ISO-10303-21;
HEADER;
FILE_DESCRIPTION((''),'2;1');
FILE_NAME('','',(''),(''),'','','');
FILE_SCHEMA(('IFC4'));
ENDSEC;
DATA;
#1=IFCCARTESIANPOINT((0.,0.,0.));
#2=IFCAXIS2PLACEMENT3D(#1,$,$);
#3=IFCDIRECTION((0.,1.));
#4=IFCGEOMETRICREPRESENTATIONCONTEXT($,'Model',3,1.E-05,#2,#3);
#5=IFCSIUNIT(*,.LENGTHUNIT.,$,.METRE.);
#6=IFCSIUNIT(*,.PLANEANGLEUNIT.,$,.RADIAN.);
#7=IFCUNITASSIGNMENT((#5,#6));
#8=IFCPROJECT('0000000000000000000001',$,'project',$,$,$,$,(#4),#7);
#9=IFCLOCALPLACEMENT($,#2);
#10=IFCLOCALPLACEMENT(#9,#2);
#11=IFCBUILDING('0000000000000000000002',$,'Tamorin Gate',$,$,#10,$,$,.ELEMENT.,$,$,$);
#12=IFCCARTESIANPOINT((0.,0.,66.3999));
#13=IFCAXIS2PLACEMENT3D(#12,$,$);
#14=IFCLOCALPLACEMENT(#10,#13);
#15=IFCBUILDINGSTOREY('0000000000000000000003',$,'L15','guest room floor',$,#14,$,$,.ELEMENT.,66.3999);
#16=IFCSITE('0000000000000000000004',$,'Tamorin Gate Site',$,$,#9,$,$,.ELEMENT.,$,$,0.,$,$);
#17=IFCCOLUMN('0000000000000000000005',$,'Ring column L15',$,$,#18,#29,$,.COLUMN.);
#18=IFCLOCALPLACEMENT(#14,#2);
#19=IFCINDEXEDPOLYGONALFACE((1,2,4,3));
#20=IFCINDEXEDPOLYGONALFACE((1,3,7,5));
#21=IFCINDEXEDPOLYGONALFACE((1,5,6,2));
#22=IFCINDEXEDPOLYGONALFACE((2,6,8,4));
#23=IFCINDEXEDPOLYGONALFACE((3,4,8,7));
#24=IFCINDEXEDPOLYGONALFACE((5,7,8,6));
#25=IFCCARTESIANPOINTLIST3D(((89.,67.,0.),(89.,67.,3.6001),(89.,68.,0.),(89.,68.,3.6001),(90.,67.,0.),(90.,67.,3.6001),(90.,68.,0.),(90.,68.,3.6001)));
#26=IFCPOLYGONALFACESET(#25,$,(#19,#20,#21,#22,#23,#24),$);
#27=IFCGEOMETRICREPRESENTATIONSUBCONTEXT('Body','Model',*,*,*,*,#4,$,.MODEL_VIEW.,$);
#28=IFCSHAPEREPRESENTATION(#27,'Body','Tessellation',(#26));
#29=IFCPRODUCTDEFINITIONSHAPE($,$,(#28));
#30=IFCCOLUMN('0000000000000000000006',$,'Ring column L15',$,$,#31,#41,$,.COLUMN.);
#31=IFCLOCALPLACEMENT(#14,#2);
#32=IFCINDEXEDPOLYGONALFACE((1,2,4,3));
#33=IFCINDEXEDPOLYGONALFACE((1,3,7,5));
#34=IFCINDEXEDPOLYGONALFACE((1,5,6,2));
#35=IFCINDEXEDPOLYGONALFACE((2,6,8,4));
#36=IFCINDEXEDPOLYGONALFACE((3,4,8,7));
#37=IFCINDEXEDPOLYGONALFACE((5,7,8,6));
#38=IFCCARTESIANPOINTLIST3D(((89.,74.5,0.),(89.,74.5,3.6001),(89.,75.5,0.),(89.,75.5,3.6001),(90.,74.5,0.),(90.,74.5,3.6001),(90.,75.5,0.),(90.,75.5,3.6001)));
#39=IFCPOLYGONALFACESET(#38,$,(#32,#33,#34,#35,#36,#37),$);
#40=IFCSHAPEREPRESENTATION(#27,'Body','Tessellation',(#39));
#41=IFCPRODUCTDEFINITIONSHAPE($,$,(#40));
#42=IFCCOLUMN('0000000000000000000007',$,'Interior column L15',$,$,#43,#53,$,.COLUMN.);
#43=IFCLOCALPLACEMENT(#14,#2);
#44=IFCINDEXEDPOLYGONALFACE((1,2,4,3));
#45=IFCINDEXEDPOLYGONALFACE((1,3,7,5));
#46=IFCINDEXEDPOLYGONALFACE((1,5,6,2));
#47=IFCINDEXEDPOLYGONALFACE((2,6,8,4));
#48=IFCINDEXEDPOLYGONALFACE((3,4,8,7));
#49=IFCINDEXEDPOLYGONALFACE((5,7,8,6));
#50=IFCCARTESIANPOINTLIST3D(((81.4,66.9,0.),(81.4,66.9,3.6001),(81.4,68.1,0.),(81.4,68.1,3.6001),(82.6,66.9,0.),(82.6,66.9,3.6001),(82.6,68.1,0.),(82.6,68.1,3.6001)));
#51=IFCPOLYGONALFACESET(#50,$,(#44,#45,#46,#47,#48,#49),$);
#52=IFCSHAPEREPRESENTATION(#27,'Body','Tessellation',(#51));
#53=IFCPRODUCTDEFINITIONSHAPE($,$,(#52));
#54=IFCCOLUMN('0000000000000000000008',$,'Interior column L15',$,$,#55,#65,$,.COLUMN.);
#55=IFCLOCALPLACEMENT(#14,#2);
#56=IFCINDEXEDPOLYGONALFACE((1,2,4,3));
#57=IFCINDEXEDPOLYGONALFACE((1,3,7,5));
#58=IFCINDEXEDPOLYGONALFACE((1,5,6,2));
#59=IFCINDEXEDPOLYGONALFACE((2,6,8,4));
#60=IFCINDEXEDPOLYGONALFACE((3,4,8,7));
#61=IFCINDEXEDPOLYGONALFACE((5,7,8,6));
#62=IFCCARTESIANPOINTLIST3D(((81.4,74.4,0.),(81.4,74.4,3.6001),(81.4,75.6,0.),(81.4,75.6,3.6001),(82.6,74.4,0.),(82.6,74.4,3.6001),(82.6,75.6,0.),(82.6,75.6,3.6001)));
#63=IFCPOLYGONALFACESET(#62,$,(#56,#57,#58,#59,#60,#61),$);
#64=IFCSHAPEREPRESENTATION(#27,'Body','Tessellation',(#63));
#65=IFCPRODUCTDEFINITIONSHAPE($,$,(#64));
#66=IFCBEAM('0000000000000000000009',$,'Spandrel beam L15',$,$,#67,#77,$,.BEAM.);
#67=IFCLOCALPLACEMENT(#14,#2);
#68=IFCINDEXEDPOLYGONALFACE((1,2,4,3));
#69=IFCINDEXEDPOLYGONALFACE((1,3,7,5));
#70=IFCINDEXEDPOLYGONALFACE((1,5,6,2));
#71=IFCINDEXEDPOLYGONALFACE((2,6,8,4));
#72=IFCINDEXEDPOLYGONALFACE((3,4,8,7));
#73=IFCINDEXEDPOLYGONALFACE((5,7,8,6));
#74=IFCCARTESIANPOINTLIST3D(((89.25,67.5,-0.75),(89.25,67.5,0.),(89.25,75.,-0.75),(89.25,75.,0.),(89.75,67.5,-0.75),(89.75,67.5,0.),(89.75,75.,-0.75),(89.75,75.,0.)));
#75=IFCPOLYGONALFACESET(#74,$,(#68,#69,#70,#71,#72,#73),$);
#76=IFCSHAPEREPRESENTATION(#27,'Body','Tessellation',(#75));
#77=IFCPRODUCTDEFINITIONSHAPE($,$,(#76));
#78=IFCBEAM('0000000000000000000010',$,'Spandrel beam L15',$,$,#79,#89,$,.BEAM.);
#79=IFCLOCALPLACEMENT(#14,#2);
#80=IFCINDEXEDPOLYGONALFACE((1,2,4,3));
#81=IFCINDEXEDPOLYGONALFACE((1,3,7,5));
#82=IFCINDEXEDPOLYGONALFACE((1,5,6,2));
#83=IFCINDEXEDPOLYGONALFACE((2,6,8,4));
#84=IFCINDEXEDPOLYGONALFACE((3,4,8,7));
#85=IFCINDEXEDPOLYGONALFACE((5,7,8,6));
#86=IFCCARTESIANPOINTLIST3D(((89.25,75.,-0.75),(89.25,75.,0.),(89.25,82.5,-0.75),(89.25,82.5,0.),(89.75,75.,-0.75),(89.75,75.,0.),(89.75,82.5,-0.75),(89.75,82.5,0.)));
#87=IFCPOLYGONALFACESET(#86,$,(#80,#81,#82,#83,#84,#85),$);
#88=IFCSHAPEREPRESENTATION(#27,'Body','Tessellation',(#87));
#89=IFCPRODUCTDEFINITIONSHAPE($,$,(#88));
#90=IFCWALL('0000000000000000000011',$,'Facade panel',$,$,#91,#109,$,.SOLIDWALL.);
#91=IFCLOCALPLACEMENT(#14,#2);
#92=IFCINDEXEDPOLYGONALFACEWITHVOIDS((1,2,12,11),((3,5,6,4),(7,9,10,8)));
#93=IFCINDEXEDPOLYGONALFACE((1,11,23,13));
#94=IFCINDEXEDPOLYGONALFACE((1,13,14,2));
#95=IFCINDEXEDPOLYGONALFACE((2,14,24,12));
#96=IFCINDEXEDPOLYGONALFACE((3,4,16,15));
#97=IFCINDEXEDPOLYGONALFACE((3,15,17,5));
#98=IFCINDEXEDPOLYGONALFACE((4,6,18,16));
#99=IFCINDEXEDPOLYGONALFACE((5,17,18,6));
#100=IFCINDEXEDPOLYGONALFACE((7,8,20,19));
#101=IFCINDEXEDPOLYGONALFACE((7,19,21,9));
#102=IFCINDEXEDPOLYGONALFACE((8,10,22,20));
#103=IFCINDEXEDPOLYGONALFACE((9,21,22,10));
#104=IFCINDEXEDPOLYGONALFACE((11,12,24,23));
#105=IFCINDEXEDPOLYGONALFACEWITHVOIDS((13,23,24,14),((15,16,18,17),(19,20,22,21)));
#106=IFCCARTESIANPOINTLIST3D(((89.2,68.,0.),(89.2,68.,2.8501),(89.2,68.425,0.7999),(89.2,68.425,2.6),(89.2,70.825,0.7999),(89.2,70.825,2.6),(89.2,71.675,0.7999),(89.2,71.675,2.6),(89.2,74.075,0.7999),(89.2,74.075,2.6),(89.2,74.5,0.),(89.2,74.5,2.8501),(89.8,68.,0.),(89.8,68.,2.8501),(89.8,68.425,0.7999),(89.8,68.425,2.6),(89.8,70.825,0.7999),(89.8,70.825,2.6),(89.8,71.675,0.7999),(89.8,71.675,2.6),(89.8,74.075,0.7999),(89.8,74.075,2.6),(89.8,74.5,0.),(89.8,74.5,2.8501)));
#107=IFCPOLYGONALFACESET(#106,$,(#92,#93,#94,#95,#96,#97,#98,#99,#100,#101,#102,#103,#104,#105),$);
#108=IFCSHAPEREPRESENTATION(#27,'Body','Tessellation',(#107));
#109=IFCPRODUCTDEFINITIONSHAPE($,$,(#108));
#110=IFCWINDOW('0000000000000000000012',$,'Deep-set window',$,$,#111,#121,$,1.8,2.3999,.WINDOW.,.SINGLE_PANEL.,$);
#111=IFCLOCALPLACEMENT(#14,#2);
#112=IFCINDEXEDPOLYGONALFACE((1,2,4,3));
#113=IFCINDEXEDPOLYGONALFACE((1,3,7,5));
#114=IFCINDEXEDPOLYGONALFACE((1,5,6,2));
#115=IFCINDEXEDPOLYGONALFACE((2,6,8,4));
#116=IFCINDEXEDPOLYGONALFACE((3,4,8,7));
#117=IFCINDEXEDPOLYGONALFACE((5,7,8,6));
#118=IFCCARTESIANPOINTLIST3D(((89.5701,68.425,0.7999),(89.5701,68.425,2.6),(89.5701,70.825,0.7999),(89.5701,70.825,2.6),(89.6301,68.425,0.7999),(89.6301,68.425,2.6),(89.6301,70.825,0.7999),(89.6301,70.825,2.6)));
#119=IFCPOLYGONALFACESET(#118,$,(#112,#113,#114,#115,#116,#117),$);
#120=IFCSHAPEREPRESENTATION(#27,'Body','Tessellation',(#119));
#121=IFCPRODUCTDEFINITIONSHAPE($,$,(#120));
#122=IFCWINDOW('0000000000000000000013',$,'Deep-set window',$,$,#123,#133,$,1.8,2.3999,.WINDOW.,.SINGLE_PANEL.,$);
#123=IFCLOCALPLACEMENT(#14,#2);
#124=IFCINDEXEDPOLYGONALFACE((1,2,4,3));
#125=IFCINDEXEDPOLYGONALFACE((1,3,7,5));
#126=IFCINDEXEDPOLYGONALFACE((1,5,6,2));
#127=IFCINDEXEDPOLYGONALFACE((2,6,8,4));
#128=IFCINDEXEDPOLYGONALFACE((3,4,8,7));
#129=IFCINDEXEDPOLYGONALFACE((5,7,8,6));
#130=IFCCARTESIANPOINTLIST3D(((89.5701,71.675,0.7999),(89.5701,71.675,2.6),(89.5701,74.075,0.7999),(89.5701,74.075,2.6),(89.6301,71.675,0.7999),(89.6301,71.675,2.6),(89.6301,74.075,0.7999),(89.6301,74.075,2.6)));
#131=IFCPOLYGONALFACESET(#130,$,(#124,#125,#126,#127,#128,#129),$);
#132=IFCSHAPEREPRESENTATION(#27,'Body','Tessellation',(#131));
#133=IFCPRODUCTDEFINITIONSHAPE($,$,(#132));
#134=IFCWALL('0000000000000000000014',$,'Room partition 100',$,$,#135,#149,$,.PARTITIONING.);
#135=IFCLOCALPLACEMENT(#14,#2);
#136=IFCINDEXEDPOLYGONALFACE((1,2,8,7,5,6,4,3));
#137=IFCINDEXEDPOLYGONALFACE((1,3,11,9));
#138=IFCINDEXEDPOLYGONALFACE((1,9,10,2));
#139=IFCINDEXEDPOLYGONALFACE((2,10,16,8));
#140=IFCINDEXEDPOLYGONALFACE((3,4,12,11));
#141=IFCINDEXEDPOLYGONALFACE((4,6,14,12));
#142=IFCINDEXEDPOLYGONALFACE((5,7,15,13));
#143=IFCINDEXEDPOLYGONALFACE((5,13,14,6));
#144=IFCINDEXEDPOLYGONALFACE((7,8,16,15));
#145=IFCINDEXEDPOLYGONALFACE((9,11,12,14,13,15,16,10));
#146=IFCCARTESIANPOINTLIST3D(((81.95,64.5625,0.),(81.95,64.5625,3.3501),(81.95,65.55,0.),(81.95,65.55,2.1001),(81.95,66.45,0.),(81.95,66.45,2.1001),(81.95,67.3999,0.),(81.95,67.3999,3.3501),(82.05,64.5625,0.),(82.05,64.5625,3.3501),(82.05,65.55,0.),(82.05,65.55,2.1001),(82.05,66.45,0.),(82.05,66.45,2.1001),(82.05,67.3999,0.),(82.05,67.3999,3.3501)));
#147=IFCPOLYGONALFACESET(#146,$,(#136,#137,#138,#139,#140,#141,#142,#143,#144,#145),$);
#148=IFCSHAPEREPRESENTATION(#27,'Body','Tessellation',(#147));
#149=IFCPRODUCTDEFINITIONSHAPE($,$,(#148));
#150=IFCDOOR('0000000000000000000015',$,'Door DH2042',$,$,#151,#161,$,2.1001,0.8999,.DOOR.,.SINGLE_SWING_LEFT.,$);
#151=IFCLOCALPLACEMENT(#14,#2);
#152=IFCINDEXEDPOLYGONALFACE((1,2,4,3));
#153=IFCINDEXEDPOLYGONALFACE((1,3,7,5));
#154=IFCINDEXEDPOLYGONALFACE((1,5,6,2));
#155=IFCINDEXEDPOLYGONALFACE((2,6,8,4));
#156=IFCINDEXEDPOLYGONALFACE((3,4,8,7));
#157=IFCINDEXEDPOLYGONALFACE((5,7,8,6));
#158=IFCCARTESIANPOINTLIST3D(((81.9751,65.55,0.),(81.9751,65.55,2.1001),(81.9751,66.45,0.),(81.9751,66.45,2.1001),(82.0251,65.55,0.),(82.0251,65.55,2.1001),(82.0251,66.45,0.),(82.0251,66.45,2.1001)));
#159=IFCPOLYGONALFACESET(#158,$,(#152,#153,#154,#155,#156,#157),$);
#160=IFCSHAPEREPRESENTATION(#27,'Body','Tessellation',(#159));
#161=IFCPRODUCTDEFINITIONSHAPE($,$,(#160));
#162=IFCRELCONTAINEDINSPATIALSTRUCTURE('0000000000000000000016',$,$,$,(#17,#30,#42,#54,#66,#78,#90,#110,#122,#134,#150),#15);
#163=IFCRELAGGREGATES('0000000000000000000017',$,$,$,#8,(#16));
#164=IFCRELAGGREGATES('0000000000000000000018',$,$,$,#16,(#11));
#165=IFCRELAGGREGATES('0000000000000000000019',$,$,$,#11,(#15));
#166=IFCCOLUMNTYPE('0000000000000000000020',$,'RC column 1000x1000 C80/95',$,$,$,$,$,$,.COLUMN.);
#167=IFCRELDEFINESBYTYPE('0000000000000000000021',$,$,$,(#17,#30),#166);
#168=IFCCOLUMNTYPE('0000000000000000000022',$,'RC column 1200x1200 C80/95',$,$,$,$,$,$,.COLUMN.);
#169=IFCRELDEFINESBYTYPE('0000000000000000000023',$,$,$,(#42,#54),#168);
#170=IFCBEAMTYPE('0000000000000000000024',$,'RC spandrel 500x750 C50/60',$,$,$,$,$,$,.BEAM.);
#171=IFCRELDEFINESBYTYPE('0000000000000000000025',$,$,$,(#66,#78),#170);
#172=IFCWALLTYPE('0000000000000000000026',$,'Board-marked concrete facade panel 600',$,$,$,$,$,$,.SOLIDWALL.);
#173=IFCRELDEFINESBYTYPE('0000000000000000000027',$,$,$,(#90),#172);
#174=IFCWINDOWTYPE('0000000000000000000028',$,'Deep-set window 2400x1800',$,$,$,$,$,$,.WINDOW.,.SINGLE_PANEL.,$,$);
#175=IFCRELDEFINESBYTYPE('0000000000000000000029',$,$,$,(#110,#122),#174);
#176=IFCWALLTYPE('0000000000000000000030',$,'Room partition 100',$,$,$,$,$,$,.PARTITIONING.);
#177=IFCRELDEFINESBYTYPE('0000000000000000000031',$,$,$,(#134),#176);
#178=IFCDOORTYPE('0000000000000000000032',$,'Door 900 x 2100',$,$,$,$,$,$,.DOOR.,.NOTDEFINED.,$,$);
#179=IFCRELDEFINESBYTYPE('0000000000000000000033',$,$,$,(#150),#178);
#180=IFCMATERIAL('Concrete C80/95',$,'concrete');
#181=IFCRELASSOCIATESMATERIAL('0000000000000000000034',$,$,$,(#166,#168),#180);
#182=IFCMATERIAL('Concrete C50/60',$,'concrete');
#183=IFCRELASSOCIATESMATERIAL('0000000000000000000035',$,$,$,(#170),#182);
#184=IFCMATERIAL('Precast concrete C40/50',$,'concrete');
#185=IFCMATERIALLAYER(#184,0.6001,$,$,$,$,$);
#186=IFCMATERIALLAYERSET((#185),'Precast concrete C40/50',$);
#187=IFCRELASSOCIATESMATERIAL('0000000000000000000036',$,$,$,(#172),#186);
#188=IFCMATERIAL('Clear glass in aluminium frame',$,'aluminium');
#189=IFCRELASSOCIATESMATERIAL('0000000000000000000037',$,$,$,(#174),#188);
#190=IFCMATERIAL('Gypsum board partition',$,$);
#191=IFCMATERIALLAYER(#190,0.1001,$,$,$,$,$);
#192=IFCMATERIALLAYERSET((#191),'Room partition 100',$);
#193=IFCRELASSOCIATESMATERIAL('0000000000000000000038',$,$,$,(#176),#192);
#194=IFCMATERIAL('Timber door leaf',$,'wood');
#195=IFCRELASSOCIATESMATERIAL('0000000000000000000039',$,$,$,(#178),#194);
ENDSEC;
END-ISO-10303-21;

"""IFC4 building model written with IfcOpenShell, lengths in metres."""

from ifc_helpers import new_model, si_unit, direction, frame, frame_2d, origin, origin_2d, place, context, subcontext, project, spatial, rectangle, extrude, material, layer, layer_set, material_profile, profile_set, type_object, element, fill, save


model = new_model("IFC4")

# Units and contexts
model_context = context("Model", 3, precision=1e-05, world=origin(), true_north=direction((0.0, 1.0)))
body_context = subcontext(model_context, "Body", "Model", "MODEL_VIEW")
ifc_project = project(units=[si_unit("LENGTHUNIT", "METRE"), si_unit("PLANEANGLEUNIT", "RADIAN")], contexts=[model_context])

# Site, building, storey
site_placement = place(None, origin())
site = spatial("IfcSite", under=ifc_project, at=site_placement, Name="Tamorin Gate Site", CompositionType="ELEMENT", RefElevation=0.0)
building_placement = place(site_placement, origin())
building = spatial("IfcBuilding", under=site, at=building_placement, Name="Tamorin Gate", CompositionType="ELEMENT")
storey_placement = place(building_placement, frame((0.0, 0.0, 66.3999)))
storey = spatial("IfcBuildingStorey", under=building, at=storey_placement, Name="L15", Description="guest room floor", CompositionType="ELEMENT", Elevation=66.3999)

# Columns
ifc_material_1 = material(Name="Concrete C80/95", Category="concrete")
ifc_material_profile_1 = material_profile(ifc_material_1, rectangle(XDim=1.0, YDim=1.0, at=origin_2d()), Name="RC 1000x1000")
ifc_profile_set_1 = profile_set([ifc_material_profile_1], Name="Concrete C80/95")
column_type_1 = type_object("IfcColumnType", Name="RC column 1000x1000 C80/95", PredefinedType="COLUMN", material=ifc_profile_set_1)
for number, where, z_axis, x_axis, name in (
    (1, (89.5, 67.5, 0.0), (0.0, 0.0, 1.0), (1.0, 0.0, 0.0), "Ring column L15"),
    (2, (89.5, 75.0, 0.0), (0.0, 0.0, 1.0), (1.0, 0.0, 0.0), "Ring column L15"),
):
    element("IfcColumn", number, at=place(storey_placement, frame(where, z_axis=z_axis, x_axis=x_axis)), inside=storey, type_object=column_type_1, Name=name, PredefinedType="COLUMN", context=body_context, shape_type="SweptSolid", body=[
        extrude(rectangle(XDim=1.0, YDim=1.0, at=origin_2d()), origin(), (0.0, 0.0, 1.0), 3.6001),
    ])
ifc_material_profile_2 = material_profile(ifc_material_1, rectangle(XDim=1.2, YDim=1.2, at=origin_2d()), Name="RC 1200x1200")
ifc_profile_set_2 = profile_set([ifc_material_profile_2], Name="Concrete C80/95")
column_type_2 = type_object("IfcColumnType", Name="RC column 1200x1200 C80/95", PredefinedType="COLUMN", material=ifc_profile_set_2)
for number, where, z_axis, x_axis, name in (
    (3, (82.0, 67.5, 0.0), (0.0, 0.0, 1.0), (1.0, 0.0, 0.0), "Interior column L15"),
    (4, (82.0, 75.0, 0.0), (0.0, 0.0, 1.0), (1.0, 0.0, 0.0), "Interior column L15"),
):
    element("IfcColumn", number, at=place(storey_placement, frame(where, z_axis=z_axis, x_axis=x_axis)), inside=storey, type_object=column_type_2, Name=name, PredefinedType="COLUMN", context=body_context, shape_type="SweptSolid", body=[
        extrude(rectangle(XDim=1.2, YDim=1.2, at=origin_2d()), origin(), (0.0, 0.0, 1.0), 3.6001),
    ])

# Beams
ifc_material_2 = material(Name="Concrete C50/60", Category="concrete")
ifc_material_profile_3 = material_profile(ifc_material_2, rectangle(XDim=0.5, YDim=0.75, at=origin_2d()), Name="RC 500x750")
ifc_profile_set_3 = profile_set([ifc_material_profile_3], Name="Concrete C50/60")
beam_type = type_object("IfcBeamType", Name="RC spandrel 500x750 C50/60", PredefinedType="BEAM", material=ifc_profile_set_3)
for number, where, z_axis, x_axis, name in (
    (5, (89.5, 67.5, -0.375), (0.0, 1.0, 0.0), (-1.0, 0.0, 0.0), "Spandrel beam L15"),
    (6, (89.5, 75.0, -0.375), (0.0, 1.0, 0.0), (-1.0, 0.0, 0.0), "Spandrel beam L15"),
):
    element("IfcBeam", number, at=place(storey_placement, frame(where, z_axis=z_axis, x_axis=x_axis)), inside=storey, type_object=beam_type, Name=name, PredefinedType="BEAM", context=body_context, shape_type="SweptSolid", body=[
        extrude(rectangle(XDim=0.5, YDim=0.75, at=origin_2d()), origin(), (0.0, 0.0, 1.0), 7.5),
    ])

# Wall, openings, windows
ifc_material_3 = material(Name="Precast concrete C40/50", Category="concrete")
ifc_layer_1 = layer(ifc_material_3, 0.6001)
ifc_layer_set_1 = layer_set([ifc_layer_1], Name="Precast concrete C40/50")
wall_type_1 = type_object("IfcWallType", Name="Board-marked concrete facade panel 600", PredefinedType="SOLIDWALL", material=ifc_layer_set_1)
wall_1_placement = place(storey_placement, frame((89.5, 68.0, 0.0), z_axis=(0.0, 0.0, 1.0), x_axis=(0.0, 1.0, 0.0)))
wall_1 = element("IfcWall", 7, at=wall_1_placement, inside=storey, type_object=wall_type_1, Name="Facade panel", PredefinedType="SOLIDWALL", context=body_context, shape_type="SweptSolid", body=[
    extrude(rectangle(XDim=6.5, YDim=0.6001, at=frame_2d((3.25, 0.0))), origin(), (0.0, 0.0, 1.0), 2.8501),
])
opening_1_placement = place(wall_1_placement, frame((0.425, 0.0, 0.8)))
opening_1 = element("IfcOpeningElement", 8, at=opening_1_placement, cuts=wall_1, PredefinedType="OPENING", context=body_context, shape_type="SweptSolid", body=[
    extrude(rectangle(XDim=2.3999, YDim=1.8, at=frame_2d((1.2, 0.8999))), frame((0.0, 0.3101, 0.0), z_axis=(0.0, -1.0, 0.0), x_axis=(1.0, 0.0, 0.0)), (0.0, 0.0, 1.0), 0.6201),
])
opening_2_placement = place(wall_1_placement, frame((3.675, 0.0, 0.8)))
opening_2 = element("IfcOpeningElement", 9, at=opening_2_placement, cuts=wall_1, PredefinedType="OPENING", context=body_context, shape_type="SweptSolid", body=[
    extrude(rectangle(XDim=2.3999, YDim=1.8, at=frame_2d((1.2, 0.8999))), frame((0.0, 0.3101, 0.0), z_axis=(0.0, -1.0, 0.0), x_axis=(1.0, 0.0, 0.0)), (0.0, 0.0, 1.0), 0.6201),
])
ifc_material_4 = material(Name="Clear glass in aluminium frame", Category="aluminium")
window_type = type_object("IfcWindowType", Name="Deep-set window 2400x1800", PartitioningType="SINGLE_PANEL", PredefinedType="WINDOW", material=ifc_material_4)
window_1_placement = place(opening_1_placement, origin())
window_1 = element("IfcWindow", 10, at=window_1_placement, inside=storey, type_object=window_type, Name="Deep-set window", OverallHeight=1.8, OverallWidth=2.3999, PartitioningType="SINGLE_PANEL", PredefinedType="WINDOW", context=body_context, shape_type="SweptSolid", body=[
    extrude(rectangle(XDim=2.3999, YDim=1.8, at=frame_2d((1.2, 0.8999))), frame((0.0, -0.0701, 0.0), z_axis=(0.0, -1.0, 0.0), x_axis=(1.0, 0.0, 0.0)), (0.0, 0.0, 1.0), 0.0601),
])
fill(opening_1, window_1)
window_2_placement = place(opening_2_placement, origin())
window_2 = element("IfcWindow", 11, at=window_2_placement, inside=storey, type_object=window_type, Name="Deep-set window", OverallHeight=1.8, OverallWidth=2.3999, PartitioningType="SINGLE_PANEL", PredefinedType="WINDOW", context=body_context, shape_type="SweptSolid", body=[
    extrude(rectangle(XDim=2.3999, YDim=1.8, at=frame_2d((1.2, 0.8999))), frame((0.0, -0.0701, 0.0), z_axis=(0.0, -1.0, 0.0), x_axis=(1.0, 0.0, 0.0)), (0.0, 0.0, 1.0), 0.0601),
])
fill(opening_2, window_2)

# Wall, opening, door
ifc_material_5 = material(Name="Gypsum board partition")
ifc_layer_2 = layer(ifc_material_5, 0.1001)
ifc_layer_set_2 = layer_set([ifc_layer_2], Name="Room partition 100")
wall_type_2 = type_object("IfcWallType", Name="Room partition 100", PredefinedType="PARTITIONING", material=ifc_layer_set_2)
wall_2_placement = place(storey_placement, frame((82.0, 64.5625, 0.0), z_axis=(0.0, 0.0, 1.0), x_axis=(0.0, 1.0, 0.0)))
wall_2 = element("IfcWall", 12, at=wall_2_placement, inside=storey, type_object=wall_type_2, Name="Room partition 100", PredefinedType="PARTITIONING", context=body_context, shape_type="SweptSolid", body=[
    extrude(rectangle(XDim=2.8374, YDim=0.1001, at=frame_2d((1.4187, 0.0))), origin(), (0.0, 0.0, 1.0), 3.3501),
])
opening_3_placement = place(wall_2_placement, frame((0.9875, 0.0, 0.0)))
opening_3 = element("IfcOpeningElement", 13, at=opening_3_placement, cuts=wall_2, PredefinedType="OPENING", context=body_context, shape_type="SweptSolid", body=[
    extrude(rectangle(XDim=0.8999, YDim=2.1001, at=frame_2d((0.45, 1.05))), frame((0.0, 0.0601, 0.0), z_axis=(0.0, -1.0, 0.0), x_axis=(1.0, 0.0, 0.0)), (0.0, 0.0, 1.0), 0.1201),
])
ifc_material_6 = material(Name="Timber door leaf", Category="wood")
door_type = type_object("IfcDoorType", Name="Door 900 x 2100", OperationType="NOTDEFINED", PredefinedType="DOOR", material=ifc_material_6)
door_1_placement = place(opening_3_placement, origin())
door_1 = element("IfcDoor", 14, at=door_1_placement, inside=storey, type_object=door_type, Name="Door DH2042", OperationType="SINGLE_SWING_LEFT", OverallHeight=2.1001, OverallWidth=0.8999, PredefinedType="DOOR", context=body_context, shape_type="SweptSolid", body=[
    extrude(rectangle(XDim=0.8999, YDim=2.1001, at=frame_2d((0.45, 1.05))), frame((0.0, 0.0249, 0.0), z_axis=(0.0, -1.0, 0.0), x_axis=(1.0, 0.0, 0.0)), (0.0, 0.0, 1.0), 0.05),
])
fill(opening_3, door_1)

save(model, "model.ifc")
